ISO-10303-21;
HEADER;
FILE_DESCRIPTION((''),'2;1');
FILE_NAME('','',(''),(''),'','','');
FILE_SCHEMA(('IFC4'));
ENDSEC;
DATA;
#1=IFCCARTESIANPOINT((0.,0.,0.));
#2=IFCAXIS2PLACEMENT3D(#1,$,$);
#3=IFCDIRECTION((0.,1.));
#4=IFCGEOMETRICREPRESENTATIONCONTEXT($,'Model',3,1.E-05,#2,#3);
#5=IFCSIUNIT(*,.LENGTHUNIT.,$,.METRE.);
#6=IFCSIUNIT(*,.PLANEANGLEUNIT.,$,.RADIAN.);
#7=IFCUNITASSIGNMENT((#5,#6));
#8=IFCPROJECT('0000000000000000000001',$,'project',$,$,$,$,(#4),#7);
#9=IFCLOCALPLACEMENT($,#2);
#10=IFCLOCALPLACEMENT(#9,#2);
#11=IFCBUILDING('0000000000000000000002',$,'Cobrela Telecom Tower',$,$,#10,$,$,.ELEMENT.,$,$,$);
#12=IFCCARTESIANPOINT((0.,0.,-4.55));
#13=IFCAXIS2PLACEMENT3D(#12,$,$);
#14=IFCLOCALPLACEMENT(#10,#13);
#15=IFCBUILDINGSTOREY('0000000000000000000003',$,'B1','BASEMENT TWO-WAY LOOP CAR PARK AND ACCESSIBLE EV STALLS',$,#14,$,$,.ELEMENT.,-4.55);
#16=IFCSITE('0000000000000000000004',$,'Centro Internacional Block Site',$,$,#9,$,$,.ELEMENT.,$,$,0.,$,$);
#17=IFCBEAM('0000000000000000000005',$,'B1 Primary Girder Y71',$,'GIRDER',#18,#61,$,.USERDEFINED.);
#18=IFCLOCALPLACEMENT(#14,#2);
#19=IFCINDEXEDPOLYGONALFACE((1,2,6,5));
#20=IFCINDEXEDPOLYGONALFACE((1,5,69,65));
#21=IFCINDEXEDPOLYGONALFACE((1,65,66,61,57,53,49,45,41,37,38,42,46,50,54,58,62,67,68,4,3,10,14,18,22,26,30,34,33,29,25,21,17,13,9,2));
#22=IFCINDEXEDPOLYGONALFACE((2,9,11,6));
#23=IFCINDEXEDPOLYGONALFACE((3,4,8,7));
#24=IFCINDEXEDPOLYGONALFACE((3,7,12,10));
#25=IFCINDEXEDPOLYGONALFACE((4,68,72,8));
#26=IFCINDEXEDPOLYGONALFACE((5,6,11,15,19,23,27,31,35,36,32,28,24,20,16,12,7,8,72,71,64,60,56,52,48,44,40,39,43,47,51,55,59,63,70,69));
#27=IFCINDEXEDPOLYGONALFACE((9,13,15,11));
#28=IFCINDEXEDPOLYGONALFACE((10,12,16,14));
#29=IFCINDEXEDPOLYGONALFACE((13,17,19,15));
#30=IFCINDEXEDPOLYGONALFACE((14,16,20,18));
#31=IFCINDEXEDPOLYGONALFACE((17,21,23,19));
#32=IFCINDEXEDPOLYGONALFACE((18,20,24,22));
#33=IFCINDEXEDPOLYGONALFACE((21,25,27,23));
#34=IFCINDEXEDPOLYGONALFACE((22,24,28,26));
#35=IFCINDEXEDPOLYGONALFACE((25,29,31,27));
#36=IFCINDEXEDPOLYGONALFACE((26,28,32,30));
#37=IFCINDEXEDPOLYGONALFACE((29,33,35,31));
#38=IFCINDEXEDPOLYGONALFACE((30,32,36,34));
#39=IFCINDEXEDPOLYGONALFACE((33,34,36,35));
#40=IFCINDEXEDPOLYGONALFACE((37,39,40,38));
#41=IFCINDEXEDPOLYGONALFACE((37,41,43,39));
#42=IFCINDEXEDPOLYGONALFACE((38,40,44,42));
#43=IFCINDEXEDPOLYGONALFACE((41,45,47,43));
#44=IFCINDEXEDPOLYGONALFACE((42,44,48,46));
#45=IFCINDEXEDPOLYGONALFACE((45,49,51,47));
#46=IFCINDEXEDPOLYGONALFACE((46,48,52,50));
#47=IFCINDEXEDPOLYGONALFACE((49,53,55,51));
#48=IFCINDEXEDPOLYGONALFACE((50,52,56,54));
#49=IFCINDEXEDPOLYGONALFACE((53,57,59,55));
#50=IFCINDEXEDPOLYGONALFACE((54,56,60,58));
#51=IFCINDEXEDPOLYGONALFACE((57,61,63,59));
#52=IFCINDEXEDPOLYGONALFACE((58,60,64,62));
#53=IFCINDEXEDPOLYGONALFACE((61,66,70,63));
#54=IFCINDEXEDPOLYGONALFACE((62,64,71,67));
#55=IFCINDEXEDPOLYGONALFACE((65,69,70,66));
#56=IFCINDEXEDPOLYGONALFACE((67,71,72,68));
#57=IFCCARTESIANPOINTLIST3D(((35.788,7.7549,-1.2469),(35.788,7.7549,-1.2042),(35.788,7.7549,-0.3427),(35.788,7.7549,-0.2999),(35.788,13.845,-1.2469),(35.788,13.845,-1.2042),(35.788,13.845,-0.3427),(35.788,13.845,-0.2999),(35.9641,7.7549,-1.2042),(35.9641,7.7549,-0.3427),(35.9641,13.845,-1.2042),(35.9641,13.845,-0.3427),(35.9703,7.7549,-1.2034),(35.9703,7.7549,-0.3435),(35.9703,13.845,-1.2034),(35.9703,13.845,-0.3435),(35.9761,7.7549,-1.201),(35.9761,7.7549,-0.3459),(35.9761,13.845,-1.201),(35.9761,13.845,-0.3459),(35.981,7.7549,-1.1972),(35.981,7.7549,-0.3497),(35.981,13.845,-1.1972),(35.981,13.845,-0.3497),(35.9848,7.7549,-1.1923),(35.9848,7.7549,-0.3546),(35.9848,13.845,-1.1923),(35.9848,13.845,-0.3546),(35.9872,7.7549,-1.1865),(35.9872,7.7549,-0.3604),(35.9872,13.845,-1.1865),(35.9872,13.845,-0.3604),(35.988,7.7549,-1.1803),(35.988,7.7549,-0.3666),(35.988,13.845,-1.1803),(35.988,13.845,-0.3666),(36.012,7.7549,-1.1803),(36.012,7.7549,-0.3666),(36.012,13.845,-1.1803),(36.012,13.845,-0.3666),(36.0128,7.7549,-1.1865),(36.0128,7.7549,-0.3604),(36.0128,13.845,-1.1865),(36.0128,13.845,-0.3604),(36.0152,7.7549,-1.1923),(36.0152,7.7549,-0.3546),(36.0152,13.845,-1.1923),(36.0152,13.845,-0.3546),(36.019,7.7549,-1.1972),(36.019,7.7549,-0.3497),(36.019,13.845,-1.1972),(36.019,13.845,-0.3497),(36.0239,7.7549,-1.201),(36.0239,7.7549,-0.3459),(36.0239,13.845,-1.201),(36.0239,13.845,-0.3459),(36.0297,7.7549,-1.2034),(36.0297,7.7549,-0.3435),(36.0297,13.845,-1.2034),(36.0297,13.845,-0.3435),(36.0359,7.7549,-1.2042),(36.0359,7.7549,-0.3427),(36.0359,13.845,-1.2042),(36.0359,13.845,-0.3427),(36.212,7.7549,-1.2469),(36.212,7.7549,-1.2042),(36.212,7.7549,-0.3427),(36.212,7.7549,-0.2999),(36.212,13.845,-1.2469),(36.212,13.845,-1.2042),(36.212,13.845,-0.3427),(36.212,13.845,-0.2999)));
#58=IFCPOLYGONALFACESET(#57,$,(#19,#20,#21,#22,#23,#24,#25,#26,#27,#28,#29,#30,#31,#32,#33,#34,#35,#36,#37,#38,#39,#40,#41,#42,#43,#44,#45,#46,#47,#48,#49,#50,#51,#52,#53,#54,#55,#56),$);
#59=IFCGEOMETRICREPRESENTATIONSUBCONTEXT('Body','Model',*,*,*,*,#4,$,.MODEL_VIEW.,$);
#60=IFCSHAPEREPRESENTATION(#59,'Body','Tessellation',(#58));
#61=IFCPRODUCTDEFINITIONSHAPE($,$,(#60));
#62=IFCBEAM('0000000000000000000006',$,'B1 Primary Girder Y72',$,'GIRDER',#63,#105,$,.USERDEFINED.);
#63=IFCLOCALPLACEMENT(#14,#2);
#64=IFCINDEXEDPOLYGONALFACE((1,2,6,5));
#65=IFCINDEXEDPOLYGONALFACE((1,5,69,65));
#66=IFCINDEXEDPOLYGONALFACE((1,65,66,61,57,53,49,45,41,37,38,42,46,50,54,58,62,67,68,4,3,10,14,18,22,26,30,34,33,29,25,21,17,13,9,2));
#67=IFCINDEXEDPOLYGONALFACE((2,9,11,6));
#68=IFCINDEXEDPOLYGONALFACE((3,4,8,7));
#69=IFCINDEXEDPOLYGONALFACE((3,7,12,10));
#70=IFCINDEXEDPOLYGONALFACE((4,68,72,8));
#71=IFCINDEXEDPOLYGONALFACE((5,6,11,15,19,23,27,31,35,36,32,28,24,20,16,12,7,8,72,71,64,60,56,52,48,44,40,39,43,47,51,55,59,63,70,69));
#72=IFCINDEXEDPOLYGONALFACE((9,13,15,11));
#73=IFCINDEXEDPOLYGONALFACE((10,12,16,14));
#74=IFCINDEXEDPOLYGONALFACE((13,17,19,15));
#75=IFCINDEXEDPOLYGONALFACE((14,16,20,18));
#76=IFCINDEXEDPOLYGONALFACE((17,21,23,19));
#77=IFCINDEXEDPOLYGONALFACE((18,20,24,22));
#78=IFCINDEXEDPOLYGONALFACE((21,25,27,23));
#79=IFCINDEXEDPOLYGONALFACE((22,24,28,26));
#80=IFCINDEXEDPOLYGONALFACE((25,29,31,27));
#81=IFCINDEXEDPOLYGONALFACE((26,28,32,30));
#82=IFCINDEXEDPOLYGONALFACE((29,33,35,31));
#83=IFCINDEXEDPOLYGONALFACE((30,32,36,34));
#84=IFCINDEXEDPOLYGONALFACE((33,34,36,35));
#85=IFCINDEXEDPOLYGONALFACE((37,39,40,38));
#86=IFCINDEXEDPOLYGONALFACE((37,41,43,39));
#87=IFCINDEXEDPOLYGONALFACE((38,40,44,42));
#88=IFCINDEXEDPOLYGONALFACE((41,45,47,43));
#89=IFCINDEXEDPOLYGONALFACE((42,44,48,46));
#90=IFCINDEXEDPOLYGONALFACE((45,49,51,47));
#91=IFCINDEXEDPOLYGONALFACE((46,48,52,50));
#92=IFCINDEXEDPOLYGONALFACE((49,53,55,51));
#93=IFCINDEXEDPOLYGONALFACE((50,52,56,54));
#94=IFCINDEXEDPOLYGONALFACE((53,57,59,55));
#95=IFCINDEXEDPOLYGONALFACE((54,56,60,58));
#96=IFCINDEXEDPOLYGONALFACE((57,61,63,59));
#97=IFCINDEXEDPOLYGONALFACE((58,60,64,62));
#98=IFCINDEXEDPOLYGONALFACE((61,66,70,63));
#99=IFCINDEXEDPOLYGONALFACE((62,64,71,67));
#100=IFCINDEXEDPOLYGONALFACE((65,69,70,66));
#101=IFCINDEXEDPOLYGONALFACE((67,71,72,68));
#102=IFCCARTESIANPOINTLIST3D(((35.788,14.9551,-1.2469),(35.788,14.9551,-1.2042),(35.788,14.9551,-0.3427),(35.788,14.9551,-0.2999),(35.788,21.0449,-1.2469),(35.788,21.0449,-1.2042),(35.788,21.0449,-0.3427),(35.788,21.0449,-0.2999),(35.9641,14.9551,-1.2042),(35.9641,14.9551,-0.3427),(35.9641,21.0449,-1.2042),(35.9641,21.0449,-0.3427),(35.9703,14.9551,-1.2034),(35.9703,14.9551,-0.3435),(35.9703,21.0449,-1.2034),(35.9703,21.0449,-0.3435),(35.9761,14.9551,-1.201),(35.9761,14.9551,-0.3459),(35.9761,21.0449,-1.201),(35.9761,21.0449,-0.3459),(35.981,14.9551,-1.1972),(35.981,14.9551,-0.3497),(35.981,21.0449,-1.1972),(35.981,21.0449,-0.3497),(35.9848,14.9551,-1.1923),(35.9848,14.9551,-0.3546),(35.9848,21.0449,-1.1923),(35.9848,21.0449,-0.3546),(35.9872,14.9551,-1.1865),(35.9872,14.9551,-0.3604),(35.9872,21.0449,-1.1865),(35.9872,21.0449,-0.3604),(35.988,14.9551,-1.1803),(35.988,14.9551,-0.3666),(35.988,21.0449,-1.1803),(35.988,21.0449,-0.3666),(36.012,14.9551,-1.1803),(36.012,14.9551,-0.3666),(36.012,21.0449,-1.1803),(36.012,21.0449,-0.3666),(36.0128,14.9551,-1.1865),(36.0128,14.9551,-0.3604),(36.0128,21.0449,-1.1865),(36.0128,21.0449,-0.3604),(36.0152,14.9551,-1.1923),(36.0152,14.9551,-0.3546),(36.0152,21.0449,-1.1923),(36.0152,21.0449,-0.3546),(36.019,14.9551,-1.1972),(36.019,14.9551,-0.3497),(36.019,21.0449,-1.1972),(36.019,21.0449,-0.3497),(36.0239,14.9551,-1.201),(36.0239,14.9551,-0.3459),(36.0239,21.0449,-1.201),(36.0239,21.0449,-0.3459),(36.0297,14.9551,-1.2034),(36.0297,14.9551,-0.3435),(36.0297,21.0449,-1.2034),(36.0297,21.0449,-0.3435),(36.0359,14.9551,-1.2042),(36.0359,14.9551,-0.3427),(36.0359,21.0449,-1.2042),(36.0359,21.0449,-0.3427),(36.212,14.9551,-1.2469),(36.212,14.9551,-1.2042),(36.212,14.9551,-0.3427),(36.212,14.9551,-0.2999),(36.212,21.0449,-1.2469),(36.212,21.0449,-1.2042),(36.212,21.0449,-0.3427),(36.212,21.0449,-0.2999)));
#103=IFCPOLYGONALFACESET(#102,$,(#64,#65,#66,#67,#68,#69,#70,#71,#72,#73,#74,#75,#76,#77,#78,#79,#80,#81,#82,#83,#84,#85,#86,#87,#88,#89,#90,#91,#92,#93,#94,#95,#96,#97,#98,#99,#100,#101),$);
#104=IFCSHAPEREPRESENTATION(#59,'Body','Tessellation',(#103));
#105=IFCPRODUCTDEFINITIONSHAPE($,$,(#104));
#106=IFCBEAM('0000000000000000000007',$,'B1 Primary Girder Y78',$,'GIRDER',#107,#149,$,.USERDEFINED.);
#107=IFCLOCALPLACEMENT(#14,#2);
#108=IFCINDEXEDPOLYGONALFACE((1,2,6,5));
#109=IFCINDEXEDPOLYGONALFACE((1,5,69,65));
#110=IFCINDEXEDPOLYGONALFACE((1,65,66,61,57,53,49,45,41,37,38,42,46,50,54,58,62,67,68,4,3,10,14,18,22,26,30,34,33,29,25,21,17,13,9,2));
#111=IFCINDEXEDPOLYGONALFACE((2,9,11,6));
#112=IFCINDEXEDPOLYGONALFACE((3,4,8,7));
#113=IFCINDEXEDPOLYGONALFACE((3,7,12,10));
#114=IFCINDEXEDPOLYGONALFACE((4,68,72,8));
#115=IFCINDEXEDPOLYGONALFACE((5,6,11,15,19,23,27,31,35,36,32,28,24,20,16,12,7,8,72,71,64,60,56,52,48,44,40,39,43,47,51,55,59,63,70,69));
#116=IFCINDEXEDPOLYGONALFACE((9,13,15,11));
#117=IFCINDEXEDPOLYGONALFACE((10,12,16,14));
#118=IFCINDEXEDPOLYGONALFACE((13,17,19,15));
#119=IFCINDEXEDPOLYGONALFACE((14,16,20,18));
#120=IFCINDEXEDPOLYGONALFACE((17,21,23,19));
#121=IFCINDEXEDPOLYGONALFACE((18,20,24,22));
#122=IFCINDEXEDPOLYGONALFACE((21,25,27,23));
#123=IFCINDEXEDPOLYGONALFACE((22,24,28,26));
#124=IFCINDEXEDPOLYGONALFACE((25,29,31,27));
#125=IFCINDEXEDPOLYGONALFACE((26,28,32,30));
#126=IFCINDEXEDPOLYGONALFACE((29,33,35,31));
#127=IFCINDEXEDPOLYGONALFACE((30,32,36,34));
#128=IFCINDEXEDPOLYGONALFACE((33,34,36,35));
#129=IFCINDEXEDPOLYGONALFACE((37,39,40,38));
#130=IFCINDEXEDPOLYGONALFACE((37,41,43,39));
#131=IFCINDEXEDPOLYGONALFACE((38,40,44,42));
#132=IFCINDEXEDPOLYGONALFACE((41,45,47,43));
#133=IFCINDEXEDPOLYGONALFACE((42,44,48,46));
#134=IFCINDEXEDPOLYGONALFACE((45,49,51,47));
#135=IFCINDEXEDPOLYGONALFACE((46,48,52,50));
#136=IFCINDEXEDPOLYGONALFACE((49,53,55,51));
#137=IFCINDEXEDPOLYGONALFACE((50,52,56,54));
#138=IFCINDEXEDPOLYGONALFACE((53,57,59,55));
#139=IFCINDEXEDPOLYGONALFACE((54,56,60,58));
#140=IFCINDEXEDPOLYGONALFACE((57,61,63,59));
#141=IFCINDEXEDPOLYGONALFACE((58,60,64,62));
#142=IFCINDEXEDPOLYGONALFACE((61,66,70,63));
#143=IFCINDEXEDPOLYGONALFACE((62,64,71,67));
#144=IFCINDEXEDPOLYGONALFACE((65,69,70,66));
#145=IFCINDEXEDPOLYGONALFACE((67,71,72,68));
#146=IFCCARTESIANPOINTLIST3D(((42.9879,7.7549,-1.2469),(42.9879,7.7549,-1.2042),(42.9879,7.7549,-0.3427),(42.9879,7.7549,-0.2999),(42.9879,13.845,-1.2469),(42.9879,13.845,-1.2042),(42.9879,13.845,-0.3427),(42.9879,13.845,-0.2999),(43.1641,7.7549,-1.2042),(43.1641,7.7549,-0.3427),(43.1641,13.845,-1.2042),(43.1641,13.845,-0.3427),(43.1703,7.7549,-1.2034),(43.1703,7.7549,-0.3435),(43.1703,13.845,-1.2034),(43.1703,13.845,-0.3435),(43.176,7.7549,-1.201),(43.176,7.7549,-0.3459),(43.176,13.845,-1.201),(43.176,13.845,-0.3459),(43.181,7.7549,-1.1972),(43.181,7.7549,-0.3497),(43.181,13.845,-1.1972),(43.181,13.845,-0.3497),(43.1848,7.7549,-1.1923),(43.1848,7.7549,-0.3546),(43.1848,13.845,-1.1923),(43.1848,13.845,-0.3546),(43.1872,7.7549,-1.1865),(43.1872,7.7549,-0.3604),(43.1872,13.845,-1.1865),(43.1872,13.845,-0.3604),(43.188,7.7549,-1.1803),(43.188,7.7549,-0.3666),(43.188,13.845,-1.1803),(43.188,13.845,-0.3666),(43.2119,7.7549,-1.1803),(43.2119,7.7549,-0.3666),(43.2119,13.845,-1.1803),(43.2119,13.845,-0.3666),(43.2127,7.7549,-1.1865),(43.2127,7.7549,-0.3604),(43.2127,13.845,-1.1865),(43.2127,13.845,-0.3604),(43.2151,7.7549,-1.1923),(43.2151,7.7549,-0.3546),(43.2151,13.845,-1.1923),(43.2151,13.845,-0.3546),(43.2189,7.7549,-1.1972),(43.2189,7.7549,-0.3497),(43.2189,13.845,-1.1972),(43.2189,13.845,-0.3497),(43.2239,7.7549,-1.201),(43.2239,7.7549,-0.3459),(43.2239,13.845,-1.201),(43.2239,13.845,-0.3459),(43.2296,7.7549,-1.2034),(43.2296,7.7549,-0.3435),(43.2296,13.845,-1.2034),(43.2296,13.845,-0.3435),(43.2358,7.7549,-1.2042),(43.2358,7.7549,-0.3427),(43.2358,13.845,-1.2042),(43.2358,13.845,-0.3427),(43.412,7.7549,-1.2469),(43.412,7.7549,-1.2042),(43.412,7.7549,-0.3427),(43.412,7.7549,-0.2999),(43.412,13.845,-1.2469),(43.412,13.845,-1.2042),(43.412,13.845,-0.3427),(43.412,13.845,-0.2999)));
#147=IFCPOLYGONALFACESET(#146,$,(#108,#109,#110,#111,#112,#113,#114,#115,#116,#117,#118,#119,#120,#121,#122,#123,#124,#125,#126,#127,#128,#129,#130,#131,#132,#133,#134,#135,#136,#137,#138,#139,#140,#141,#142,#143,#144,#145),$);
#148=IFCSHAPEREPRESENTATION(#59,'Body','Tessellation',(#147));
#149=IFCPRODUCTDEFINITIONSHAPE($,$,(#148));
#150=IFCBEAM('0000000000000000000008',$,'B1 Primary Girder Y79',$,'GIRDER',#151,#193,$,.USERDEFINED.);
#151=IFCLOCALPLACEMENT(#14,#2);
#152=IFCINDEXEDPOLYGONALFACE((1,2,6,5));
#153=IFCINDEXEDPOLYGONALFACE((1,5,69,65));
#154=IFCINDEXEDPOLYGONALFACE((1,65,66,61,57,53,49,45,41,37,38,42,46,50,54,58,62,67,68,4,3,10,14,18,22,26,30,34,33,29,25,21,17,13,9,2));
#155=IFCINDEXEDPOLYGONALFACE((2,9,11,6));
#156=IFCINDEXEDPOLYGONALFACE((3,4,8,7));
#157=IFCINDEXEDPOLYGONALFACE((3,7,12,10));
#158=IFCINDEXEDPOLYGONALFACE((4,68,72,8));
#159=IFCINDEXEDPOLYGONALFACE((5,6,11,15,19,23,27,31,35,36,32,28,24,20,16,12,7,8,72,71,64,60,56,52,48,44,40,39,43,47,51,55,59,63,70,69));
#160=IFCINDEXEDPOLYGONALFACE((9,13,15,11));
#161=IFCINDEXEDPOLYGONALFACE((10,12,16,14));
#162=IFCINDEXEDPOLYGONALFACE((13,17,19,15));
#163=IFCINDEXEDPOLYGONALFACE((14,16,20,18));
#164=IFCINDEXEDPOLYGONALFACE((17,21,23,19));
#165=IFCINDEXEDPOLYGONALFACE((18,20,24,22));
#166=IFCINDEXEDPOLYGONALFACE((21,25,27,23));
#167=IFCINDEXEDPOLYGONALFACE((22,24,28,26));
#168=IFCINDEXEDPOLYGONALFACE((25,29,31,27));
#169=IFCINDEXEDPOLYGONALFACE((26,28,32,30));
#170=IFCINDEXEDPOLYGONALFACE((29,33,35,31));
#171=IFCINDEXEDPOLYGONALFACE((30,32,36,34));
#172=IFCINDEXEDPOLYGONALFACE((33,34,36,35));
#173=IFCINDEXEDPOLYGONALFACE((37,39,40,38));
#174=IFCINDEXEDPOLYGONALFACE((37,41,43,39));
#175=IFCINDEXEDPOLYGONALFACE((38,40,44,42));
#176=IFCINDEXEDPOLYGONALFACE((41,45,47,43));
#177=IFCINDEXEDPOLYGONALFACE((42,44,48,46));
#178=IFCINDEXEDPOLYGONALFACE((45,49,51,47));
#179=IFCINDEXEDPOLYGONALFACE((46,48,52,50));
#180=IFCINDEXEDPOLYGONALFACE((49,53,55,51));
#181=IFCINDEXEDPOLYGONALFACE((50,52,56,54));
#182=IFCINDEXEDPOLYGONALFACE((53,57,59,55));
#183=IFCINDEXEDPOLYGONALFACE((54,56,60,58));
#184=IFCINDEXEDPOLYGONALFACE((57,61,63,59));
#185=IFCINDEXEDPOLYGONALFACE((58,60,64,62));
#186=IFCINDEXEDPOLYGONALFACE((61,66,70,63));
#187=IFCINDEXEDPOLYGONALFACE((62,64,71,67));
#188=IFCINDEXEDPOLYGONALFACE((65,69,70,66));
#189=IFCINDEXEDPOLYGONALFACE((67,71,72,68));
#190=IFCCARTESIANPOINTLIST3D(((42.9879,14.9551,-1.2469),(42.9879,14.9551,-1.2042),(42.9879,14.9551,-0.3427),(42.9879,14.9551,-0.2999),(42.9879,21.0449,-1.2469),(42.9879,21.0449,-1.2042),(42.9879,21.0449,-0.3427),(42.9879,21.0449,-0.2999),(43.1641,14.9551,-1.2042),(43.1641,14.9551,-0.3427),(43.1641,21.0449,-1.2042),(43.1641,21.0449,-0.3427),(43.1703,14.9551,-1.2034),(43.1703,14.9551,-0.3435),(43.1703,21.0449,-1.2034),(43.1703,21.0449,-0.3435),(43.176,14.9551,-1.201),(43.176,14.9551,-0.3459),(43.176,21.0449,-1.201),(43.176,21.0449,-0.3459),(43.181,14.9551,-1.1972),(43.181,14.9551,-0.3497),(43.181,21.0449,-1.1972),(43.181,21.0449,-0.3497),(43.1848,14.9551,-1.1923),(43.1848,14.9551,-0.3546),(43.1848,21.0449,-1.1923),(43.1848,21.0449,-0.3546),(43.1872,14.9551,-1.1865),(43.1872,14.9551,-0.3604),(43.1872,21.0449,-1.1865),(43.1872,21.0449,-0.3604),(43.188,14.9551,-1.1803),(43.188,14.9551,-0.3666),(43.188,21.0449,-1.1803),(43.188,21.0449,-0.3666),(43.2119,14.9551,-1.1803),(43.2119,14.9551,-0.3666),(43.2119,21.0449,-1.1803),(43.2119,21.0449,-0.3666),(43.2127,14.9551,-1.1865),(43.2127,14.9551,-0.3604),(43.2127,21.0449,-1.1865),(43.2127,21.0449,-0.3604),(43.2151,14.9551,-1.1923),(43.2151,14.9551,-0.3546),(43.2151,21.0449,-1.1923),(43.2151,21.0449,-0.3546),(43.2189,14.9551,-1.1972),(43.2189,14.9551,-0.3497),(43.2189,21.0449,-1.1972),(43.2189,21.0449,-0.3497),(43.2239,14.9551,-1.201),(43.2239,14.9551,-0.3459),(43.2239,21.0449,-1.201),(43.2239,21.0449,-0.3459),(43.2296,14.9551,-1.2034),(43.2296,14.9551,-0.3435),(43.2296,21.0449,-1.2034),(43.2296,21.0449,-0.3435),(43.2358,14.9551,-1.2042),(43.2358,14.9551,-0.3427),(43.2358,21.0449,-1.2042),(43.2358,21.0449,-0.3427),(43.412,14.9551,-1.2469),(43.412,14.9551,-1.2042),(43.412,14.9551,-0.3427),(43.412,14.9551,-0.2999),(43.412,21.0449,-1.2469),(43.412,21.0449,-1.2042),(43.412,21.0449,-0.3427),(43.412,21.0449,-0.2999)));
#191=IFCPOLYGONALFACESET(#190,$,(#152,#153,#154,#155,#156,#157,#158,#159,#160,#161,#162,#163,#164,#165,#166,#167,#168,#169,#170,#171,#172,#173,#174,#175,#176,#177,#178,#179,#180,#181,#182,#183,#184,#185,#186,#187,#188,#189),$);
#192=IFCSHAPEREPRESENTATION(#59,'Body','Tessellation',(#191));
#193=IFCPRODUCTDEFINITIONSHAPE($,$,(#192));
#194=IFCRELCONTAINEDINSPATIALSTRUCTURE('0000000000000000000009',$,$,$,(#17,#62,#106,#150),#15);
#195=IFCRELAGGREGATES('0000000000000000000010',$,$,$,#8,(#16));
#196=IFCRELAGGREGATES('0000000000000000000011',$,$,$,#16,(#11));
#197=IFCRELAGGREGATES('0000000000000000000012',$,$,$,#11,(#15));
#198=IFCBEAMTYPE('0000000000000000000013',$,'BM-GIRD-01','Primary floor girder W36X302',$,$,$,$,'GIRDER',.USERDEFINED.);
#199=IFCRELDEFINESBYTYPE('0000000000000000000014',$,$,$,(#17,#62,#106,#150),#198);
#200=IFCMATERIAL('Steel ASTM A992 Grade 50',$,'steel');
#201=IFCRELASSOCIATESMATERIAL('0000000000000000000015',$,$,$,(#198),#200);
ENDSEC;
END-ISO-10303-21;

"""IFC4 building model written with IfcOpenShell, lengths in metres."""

from ifc_helpers import new_model, si_unit, direction, frame, origin, origin_2d, place, context, subcontext, project, spatial, i_section, extrude, material, material_profile, profile_set, type_object, element, save


model = new_model("IFC4")

# Units and contexts
model_context = context("Model", 3, precision=1e-05, world=origin(), true_north=direction((0.0, 1.0)))
body_context = subcontext(model_context, "Body", "Model", "MODEL_VIEW")
ifc_project = project(units=[si_unit("LENGTHUNIT", "METRE"), si_unit("PLANEANGLEUNIT", "RADIAN")], contexts=[model_context])

# Site, building, storey
site_placement = place(None, origin())
site = spatial("IfcSite", under=ifc_project, at=site_placement, Name="Centro Internacional Block Site", CompositionType="ELEMENT", RefElevation=0.0)
building_placement = place(site_placement, origin())
building = spatial("IfcBuilding", under=site, at=building_placement, Name="Cobrela Telecom Tower", CompositionType="ELEMENT")
storey_placement = place(building_placement, frame((0.0, 0.0, -4.55)))
storey = spatial("IfcBuildingStorey", under=building, at=storey_placement, Name="B1", Description="BASEMENT TWO-WAY LOOP CAR PARK AND ACCESSIBLE EV STALLS", CompositionType="ELEMENT", Elevation=-4.55)

# Beams
ifc_material_1 = material(Name="Steel ASTM A992 Grade 50", Category="steel")
ifc_material_profile_1 = material_profile(ifc_material_1, i_section(OverallWidth=0.4241, OverallDepth=0.947, WebThickness=0.0239, FlangeThickness=0.0427, FilletRadius=0.0239, at=origin_2d()), Name="W36X302")
ifc_profile_set_1 = profile_set([ifc_material_profile_1], Name="Steel ASTM A992 Grade 50")
beam_type_1 = type_object("IfcBeamType", Name="BM-GIRD-01", Description="Primary floor girder W36X302", ElementType="GIRDER", PredefinedType="USERDEFINED", material=ifc_profile_set_1)
beam_1_placement = place(storey_placement, frame((36.0, 7.7549, -0.7734), z_axis=(0.0, 1.0, 0.0), x_axis=(-1.0, 0.0, 0.0)))
element("IfcBeam", 1, at=beam_1_placement, inside=storey, type_object=beam_type_1, Name="B1 Primary Girder Y71", ObjectType="GIRDER", PredefinedType="USERDEFINED", context=body_context, shape_type="SweptSolid", body=[
    extrude(i_section(OverallWidth=0.4241, OverallDepth=0.947, WebThickness=0.0239, FlangeThickness=0.0427, FilletRadius=0.0239, at=origin_2d()), origin(), (0.0, 0.0, 1.0), 6.0901),
])
beam_2_placement = place(storey_placement, frame((36.0, 14.9551, -0.7734), z_axis=(0.0, 1.0, 0.0), x_axis=(-1.0, 0.0, 0.0)))
element("IfcBeam", 2, at=beam_2_placement, inside=storey, type_object=beam_type_1, Name="B1 Primary Girder Y72", ObjectType="GIRDER", PredefinedType="USERDEFINED", context=body_context, shape_type="SweptSolid", body=[
    extrude(i_section(OverallWidth=0.4241, OverallDepth=0.947, WebThickness=0.0239, FlangeThickness=0.0427, FilletRadius=0.0239, at=origin_2d()), origin(), (0.0, 0.0, 1.0), 6.0898),
])
beam_3_placement = place(storey_placement, frame((43.2, 7.7549, -0.7734), z_axis=(0.0, 1.0, 0.0), x_axis=(-1.0, 0.0, 0.0)))
element("IfcBeam", 3, at=beam_3_placement, inside=storey, type_object=beam_type_1, Name="B1 Primary Girder Y78", ObjectType="GIRDER", PredefinedType="USERDEFINED", context=body_context, shape_type="SweptSolid", body=[
    extrude(i_section(OverallWidth=0.4241, OverallDepth=0.947, WebThickness=0.0239, FlangeThickness=0.0427, FilletRadius=0.0239, at=origin_2d()), origin(), (0.0, 0.0, 1.0), 6.0901),
])
beam_4_placement = place(storey_placement, frame((43.2, 14.9551, -0.7734), z_axis=(0.0, 1.0, 0.0), x_axis=(-1.0, 0.0, 0.0)))
element("IfcBeam", 4, at=beam_4_placement, inside=storey, type_object=beam_type_1, Name="B1 Primary Girder Y79", ObjectType="GIRDER", PredefinedType="USERDEFINED", context=body_context, shape_type="SweptSolid", body=[
    extrude(i_section(OverallWidth=0.4241, OverallDepth=0.947, WebThickness=0.0239, FlangeThickness=0.0427, FilletRadius=0.0239, at=origin_2d()), origin(), (0.0, 0.0, 1.0), 6.0898),
])

save(model, "model.ifc")
